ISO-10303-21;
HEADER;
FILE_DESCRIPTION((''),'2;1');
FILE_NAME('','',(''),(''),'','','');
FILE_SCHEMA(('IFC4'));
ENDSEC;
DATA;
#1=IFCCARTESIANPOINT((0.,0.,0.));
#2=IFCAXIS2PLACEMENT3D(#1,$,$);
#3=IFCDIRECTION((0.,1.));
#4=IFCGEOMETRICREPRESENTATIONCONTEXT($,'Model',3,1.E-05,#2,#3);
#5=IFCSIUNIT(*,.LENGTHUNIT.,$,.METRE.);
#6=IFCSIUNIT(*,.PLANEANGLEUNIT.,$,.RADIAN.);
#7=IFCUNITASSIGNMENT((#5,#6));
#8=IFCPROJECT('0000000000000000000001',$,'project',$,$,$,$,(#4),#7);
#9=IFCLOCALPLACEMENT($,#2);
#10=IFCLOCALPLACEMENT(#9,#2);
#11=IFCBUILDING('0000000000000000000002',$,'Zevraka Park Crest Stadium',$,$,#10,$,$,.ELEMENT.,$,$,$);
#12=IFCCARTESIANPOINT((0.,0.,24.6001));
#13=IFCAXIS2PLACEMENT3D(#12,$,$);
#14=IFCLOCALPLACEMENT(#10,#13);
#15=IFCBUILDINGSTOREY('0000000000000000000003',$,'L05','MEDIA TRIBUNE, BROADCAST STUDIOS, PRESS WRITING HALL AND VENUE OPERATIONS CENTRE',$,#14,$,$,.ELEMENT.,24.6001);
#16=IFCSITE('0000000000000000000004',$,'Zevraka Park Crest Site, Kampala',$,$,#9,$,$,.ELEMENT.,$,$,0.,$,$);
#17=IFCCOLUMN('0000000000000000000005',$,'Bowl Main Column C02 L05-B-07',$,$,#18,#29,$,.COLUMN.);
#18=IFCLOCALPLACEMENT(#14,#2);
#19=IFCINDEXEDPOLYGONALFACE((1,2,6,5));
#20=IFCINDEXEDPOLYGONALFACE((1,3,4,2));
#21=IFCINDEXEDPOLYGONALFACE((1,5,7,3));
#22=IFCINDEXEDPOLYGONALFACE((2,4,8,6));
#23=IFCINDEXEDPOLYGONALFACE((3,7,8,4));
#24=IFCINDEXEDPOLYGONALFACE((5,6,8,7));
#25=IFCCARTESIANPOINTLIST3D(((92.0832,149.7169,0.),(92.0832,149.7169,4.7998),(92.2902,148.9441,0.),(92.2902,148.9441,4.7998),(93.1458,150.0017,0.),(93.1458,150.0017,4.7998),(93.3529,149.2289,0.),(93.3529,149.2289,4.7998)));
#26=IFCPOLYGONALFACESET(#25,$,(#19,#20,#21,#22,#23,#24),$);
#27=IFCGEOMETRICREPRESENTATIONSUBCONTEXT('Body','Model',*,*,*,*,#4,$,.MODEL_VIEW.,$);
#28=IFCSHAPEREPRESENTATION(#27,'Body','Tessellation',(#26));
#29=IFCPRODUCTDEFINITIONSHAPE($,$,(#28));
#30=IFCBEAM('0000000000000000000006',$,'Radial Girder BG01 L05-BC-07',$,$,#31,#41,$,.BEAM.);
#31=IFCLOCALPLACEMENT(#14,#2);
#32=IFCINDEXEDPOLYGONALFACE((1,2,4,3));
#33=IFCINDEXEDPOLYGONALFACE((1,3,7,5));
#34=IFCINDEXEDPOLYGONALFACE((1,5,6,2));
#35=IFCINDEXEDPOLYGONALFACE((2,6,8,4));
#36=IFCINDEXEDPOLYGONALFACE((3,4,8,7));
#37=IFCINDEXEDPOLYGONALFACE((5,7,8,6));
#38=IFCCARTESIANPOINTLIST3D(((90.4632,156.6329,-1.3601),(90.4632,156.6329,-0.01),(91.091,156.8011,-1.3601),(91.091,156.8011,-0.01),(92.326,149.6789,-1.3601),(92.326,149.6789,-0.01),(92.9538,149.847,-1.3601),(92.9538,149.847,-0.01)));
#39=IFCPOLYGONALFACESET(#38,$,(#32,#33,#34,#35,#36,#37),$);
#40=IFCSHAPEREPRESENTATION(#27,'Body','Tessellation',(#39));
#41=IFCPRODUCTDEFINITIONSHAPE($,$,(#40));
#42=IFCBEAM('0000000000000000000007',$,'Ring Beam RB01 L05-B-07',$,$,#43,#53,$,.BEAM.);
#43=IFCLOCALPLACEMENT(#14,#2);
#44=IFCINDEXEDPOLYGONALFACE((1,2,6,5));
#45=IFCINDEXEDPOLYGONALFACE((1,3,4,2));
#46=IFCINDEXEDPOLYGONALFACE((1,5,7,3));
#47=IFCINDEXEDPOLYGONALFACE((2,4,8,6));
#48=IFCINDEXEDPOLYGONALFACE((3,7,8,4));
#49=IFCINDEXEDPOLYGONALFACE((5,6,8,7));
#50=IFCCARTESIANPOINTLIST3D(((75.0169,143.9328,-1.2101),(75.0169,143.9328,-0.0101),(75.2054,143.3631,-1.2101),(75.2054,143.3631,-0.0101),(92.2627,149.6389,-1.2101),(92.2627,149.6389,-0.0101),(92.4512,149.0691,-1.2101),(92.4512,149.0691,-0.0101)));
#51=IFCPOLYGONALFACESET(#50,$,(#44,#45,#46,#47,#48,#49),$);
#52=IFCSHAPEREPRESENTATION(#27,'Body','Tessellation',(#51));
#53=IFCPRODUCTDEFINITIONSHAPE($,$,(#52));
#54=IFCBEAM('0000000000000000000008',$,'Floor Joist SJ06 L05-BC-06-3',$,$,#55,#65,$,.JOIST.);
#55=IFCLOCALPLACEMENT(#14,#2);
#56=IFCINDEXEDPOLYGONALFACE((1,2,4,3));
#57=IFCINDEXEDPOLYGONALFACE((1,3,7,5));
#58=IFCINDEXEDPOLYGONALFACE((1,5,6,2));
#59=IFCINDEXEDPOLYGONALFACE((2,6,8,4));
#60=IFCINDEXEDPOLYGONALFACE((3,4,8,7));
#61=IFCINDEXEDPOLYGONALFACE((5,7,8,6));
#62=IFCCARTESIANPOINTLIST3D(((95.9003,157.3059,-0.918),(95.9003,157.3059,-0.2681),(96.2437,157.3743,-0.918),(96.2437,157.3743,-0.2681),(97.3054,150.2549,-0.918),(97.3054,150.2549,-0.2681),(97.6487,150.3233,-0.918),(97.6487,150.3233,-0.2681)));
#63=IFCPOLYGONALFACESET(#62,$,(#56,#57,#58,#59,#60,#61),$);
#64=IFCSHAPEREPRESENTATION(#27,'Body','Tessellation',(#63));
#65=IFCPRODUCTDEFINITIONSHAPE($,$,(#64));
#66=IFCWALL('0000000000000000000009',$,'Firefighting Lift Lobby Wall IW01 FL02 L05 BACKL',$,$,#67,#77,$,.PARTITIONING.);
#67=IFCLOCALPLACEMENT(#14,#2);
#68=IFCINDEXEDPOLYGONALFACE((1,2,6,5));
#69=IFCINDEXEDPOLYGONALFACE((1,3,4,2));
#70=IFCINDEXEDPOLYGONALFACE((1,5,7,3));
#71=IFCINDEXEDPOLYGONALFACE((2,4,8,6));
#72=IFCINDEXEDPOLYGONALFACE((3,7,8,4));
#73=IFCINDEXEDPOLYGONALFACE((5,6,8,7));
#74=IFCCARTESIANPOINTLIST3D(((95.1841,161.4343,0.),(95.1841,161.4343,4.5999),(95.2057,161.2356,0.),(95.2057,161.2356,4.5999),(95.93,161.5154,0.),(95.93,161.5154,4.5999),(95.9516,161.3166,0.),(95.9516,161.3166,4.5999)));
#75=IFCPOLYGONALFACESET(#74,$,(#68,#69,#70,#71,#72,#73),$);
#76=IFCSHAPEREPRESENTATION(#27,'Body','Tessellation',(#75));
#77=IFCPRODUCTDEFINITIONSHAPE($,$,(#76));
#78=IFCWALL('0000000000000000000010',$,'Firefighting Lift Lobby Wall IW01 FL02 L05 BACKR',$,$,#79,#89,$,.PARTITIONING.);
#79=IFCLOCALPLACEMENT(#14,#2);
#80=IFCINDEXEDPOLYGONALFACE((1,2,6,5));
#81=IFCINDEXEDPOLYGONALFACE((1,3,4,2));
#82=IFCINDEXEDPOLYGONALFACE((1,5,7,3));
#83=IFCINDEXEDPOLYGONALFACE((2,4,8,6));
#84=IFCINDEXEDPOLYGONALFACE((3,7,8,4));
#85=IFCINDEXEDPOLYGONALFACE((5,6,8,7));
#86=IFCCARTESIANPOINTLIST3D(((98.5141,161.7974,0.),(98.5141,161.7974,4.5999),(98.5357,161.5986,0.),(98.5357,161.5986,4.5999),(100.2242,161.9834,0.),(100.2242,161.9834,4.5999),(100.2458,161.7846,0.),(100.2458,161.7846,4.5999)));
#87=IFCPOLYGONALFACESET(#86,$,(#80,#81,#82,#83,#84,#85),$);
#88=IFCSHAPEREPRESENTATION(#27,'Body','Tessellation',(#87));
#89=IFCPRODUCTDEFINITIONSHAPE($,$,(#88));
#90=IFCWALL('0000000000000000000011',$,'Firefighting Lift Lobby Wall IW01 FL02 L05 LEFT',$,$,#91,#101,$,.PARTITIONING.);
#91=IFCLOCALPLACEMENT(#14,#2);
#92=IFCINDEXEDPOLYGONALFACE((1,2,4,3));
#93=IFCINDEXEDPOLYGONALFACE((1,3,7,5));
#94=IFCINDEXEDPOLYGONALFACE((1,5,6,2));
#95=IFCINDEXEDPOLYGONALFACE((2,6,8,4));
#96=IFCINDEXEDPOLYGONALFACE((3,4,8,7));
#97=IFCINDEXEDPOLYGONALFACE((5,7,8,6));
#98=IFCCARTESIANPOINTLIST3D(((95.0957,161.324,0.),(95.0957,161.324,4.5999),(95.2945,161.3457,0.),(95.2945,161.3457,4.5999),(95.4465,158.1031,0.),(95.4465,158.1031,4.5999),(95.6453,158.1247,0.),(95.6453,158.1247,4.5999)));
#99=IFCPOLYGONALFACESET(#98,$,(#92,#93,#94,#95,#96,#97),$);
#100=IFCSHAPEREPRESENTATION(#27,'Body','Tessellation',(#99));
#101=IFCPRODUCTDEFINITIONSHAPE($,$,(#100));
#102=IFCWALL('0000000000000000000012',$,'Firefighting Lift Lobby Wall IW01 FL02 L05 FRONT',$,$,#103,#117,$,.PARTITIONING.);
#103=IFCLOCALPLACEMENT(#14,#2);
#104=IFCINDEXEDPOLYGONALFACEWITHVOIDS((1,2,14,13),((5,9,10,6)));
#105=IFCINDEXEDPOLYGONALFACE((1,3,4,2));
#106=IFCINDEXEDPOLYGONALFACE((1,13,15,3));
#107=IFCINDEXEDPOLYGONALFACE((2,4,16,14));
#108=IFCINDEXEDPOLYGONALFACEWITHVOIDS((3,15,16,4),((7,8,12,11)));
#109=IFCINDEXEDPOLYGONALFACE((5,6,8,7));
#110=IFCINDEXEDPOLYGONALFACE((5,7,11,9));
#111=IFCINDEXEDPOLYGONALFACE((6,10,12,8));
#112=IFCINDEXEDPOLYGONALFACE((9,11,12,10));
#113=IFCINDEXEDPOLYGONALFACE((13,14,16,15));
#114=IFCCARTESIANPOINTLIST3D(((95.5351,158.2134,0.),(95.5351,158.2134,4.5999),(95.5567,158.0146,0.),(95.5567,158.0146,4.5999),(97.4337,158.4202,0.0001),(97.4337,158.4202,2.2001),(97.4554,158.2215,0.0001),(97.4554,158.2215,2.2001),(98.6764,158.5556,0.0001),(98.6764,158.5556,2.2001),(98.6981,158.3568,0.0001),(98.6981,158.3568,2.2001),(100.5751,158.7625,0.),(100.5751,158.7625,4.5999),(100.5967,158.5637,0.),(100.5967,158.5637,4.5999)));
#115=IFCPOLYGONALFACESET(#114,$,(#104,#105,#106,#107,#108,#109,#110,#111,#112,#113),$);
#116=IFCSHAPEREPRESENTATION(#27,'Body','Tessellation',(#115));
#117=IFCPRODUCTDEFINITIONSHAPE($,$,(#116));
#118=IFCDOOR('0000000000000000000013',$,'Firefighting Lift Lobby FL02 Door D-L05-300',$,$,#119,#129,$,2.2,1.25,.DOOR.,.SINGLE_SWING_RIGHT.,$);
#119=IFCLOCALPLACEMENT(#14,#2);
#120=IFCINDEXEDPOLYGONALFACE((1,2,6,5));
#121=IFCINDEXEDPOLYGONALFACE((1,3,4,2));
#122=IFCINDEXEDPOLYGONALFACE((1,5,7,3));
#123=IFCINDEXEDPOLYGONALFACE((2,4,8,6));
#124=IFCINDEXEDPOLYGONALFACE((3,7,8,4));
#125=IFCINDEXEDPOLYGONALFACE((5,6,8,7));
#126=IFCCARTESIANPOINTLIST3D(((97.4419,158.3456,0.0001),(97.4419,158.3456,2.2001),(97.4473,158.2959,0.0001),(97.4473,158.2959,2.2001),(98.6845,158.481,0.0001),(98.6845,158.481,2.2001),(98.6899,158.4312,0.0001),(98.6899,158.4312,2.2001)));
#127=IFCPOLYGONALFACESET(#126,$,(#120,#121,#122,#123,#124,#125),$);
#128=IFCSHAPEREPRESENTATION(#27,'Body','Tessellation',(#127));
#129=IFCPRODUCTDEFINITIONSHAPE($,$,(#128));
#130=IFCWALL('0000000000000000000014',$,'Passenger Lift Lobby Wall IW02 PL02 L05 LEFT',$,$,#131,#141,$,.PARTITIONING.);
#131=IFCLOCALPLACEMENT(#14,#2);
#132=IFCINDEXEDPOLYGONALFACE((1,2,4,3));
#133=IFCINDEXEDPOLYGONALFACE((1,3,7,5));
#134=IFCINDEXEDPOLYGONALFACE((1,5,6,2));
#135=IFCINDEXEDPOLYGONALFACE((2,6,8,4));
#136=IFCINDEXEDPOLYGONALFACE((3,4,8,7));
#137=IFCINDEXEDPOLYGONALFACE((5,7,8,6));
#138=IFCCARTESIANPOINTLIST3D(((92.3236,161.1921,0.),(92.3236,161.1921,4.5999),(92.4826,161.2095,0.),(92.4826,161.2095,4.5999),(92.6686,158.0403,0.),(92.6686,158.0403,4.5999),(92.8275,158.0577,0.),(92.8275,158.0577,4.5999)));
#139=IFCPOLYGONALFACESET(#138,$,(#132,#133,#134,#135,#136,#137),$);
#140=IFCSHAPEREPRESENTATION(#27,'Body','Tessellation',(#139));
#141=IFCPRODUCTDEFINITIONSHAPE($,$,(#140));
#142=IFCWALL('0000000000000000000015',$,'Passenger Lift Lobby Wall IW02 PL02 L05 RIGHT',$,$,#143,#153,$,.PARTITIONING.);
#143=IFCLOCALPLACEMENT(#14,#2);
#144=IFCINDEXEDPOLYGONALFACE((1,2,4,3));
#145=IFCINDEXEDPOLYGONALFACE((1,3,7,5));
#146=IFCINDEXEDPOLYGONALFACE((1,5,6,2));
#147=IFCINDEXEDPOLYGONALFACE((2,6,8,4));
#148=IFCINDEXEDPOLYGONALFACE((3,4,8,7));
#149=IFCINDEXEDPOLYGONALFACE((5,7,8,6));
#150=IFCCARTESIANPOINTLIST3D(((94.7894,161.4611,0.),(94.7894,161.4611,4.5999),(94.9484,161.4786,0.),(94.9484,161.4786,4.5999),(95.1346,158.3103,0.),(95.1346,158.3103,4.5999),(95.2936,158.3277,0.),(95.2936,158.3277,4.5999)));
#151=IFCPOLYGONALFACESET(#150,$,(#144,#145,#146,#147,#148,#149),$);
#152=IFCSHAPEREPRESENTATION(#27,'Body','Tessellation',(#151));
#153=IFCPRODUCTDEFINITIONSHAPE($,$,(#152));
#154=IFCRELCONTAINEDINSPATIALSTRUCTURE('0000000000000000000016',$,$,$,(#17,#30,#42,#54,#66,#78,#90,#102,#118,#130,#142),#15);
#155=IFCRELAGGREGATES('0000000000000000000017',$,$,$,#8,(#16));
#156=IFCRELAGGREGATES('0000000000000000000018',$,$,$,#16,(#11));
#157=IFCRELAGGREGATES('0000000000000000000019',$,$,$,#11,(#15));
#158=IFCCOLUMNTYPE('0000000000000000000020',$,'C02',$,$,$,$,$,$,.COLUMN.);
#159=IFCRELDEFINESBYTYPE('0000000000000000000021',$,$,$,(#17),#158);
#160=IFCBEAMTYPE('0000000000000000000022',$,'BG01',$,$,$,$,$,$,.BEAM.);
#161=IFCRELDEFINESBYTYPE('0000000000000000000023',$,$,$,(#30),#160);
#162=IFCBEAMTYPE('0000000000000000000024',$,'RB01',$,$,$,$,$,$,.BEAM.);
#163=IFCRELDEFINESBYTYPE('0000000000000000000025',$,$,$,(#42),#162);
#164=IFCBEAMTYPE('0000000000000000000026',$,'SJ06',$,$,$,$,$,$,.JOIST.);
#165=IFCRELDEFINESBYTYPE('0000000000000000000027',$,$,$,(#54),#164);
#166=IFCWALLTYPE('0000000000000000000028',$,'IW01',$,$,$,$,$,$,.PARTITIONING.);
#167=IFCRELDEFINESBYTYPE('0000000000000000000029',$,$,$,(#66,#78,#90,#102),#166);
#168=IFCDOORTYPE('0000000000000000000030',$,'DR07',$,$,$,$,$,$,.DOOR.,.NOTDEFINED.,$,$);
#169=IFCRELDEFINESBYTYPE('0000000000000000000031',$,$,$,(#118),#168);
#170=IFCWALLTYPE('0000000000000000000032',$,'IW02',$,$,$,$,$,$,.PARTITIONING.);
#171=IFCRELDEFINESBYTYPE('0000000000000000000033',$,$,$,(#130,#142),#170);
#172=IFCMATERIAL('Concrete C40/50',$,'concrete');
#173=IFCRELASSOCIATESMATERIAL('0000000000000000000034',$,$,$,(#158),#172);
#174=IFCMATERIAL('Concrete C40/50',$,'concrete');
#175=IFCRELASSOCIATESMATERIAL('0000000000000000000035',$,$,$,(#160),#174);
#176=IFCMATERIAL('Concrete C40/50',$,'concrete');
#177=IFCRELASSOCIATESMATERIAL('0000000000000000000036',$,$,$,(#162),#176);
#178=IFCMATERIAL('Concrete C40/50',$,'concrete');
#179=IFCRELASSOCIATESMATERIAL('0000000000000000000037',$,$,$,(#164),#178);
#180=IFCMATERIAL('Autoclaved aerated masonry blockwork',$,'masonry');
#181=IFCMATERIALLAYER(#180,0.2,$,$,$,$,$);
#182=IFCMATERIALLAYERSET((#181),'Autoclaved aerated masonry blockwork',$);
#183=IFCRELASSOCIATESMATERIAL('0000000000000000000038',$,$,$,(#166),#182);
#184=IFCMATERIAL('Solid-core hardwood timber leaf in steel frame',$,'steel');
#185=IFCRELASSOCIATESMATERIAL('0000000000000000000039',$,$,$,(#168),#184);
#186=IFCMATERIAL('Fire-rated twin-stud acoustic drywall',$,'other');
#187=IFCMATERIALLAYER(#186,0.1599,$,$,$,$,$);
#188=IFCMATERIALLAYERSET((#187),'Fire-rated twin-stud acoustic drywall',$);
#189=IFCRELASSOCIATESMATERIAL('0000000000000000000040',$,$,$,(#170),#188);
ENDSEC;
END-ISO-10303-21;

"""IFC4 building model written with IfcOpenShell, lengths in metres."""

from ifc_helpers import new_model, si_unit, direction, frame, frame_2d, origin, origin_2d, place, context, subcontext, project, spatial, rectangle, extrude, material, layer, layer_set, material_profile, profile_set, type_object, element, fill, save


model = new_model("IFC4")

# Units and contexts
model_context = context("Model", 3, precision=1e-05, world=origin(), true_north=direction((0.0, 1.0)))
body_context = subcontext(model_context, "Body", "Model", "MODEL_VIEW")
ifc_project = project(units=[si_unit("LENGTHUNIT", "METRE"), si_unit("PLANEANGLEUNIT", "RADIAN")], contexts=[model_context])

# Site, building, storey
site_placement = place(None, origin())
site = spatial("IfcSite", under=ifc_project, at=site_placement, Name="Zevraka Park Crest Site, Kampala", CompositionType="ELEMENT", RefElevation=0.0)
building_placement = place(site_placement, origin())
building = spatial("IfcBuilding", under=site, at=building_placement, Name="Zevraka Park Crest Stadium", CompositionType="ELEMENT")
storey_placement = place(building_placement, frame((0.0, 0.0, 24.6001)))
storey = spatial("IfcBuildingStorey", under=building, at=storey_placement, Name="L05", Description="MEDIA TRIBUNE, BROADCAST STUDIOS, PRESS WRITING HALL AND VENUE OPERATIONS CENTRE", CompositionType="ELEMENT", Elevation=24.6001)

# Column
ifc_material_1 = material(Name="Concrete C40/50", Category="concrete")
ifc_material_profile_1 = material_profile(ifc_material_1, rectangle(XDim=0.8, YDim=1.1001, at=origin_2d()), Name="RC 1100x800")
ifc_profile_set_1 = profile_set([ifc_material_profile_1], Name="Concrete C40/50")
column_type = type_object("IfcColumnType", Name="C02", PredefinedType="COLUMN", material=ifc_profile_set_1)
column_placement = place(storey_placement, frame((92.718, 149.4729, 0.0), z_axis=(0.0, 0.0, 1.0), x_axis=(-0.258819, 0.965926, 0.0)))
element("IfcColumn", 1, at=column_placement, inside=storey, type_object=column_type, Name="Bowl Main Column C02 L05-B-07", PredefinedType="COLUMN", context=body_context, shape_type="SweptSolid", body=[
    extrude(rectangle(XDim=0.8, YDim=1.1001, at=origin_2d()), origin(), (0.0, 0.0, 1.0), 4.7998),
])

# Beams
ifc_material_2 = material(Name="Concrete C40/50", Category="concrete")
ifc_material_profile_2 = material_profile(ifc_material_2, rectangle(XDim=0.6499, YDim=1.3501, at=origin_2d()), Name="RC 1350x650")
ifc_profile_set_2 = profile_set([ifc_material_profile_2], Name="Concrete C40/50")
beam_type_1 = type_object("IfcBeamType", Name="BG01", PredefinedType="BEAM", material=ifc_profile_set_2)
beam_1_placement = place(storey_placement, frame((92.6399, 149.7629, -0.6851), z_axis=(-0.258747, 0.965945, 0.0), x_axis=(-0.965945, -0.258747, 0.0)))
element("IfcBeam", 2, at=beam_1_placement, inside=storey, type_object=beam_type_1, Name="Radial Girder BG01 L05-BC-07", PredefinedType="BEAM", context=body_context, shape_type="SweptSolid", body=[
    extrude(rectangle(XDim=0.6499, YDim=1.3501, at=origin_2d()), origin(), (0.0, 0.0, 1.0), 7.1992),
])
ifc_material_3 = material(Name="Concrete C40/50", Category="concrete")
ifc_material_profile_3 = material_profile(ifc_material_3, rectangle(XDim=0.6001, YDim=1.2, at=origin_2d()), Name="RC 1200x600")
ifc_profile_set_3 = profile_set([ifc_material_profile_3], Name="Concrete C40/50")
beam_type_2 = type_object("IfcBeamType", Name="RB01", PredefinedType="BEAM", material=ifc_profile_set_3)
beam_2_placement = place(storey_placement, frame((92.3569, 149.354, -0.6101), z_axis=(-0.949384, -0.314118, 0.0), x_axis=(0.314118, -0.949384, 0.0)))
element("IfcBeam", 3, at=beam_2_placement, inside=storey, type_object=beam_type_2, Name="Ring Beam RB01 L05-B-07", PredefinedType="BEAM", context=body_context, shape_type="SweptSolid", body=[
    extrude(rectangle(XDim=0.6001, YDim=1.2, at=origin_2d()), origin(), (0.0, 0.0, 1.0), 18.1653),
])
ifc_material_4 = material(Name="Concrete C40/50", Category="concrete")
ifc_material_profile_4 = material_profile(ifc_material_4, rectangle(XDim=0.3501, YDim=0.6499, at=origin_2d()), Name="RC 650x350")
ifc_profile_set_4 = profile_set([ifc_material_profile_4], Name="Concrete C40/50")
beam_type_3 = type_object("IfcBeamType", Name="SJ06", PredefinedType="JOIST", material=ifc_profile_set_4)
beam_3_placement = place(storey_placement, frame((97.4771, 150.2891, -0.593), z_axis=(-0.195424, 0.980719, 0.0), x_axis=(-0.980719, -0.195424, 0.0)))
element("IfcBeam", 4, at=beam_3_placement, inside=storey, type_object=beam_type_3, Name="Floor Joist SJ06 L05-BC-06-3", PredefinedType="JOIST", context=body_context, shape_type="SweptSolid", body=[
    extrude(rectangle(XDim=0.3501, YDim=0.6499, at=origin_2d()), origin(), (0.0, 0.0, 1.0), 7.1897),
])

# Walls
ifc_material_5 = material(Name="Autoclaved aerated masonry blockwork", Category="masonry")
ifc_layer_1 = layer(ifc_material_5, 0.2)
ifc_layer_set_1 = layer_set([ifc_layer_1], Name="Autoclaved aerated masonry blockwork")
wall_type_1 = type_object("IfcWallType", Name="IW01", PredefinedType="PARTITIONING", material=ifc_layer_set_1)
wall_1_placement = place(storey_placement, frame((95.1951, 161.335, 0.0), z_axis=(0.0, 0.0, 1.0), x_axis=(0.994147, 0.108038, 0.0)))
element("IfcWall", 5, at=wall_1_placement, inside=storey, type_object=wall_type_1, Name="Firefighting Lift Lobby Wall IW01 FL02 L05 BACKL", PredefinedType="PARTITIONING", context=body_context, shape_type="SweptSolid", body=[
    extrude(rectangle(XDim=0.7502, YDim=0.2, at=frame_2d((0.375, 0.0))), origin(), (0.0, 0.0, 1.0), 4.5999),
])
wall_2_placement = place(storey_placement, frame((98.5249, 161.698, 0.0), z_axis=(0.0, 0.0, 1.0), x_axis=(0.994136, 0.108142, 0.0)))
element("IfcWall", 6, at=wall_2_placement, inside=storey, type_object=wall_type_1, Name="Firefighting Lift Lobby Wall IW01 FL02 L05 BACKR", PredefinedType="PARTITIONING", context=body_context, shape_type="SweptSolid", body=[
    extrude(rectangle(XDim=1.7202, YDim=0.2, at=frame_2d((0.8601, 0.0))), origin(), (0.0, 0.0, 1.0), 4.5999),
])
wall_3_placement = place(storey_placement, frame((95.1951, 161.335, 0.0), z_axis=(0.0, 0.0, 1.0), x_axis=(0.108281, -0.99412, 0.0)))
element("IfcWall", 7, at=wall_3_placement, inside=storey, type_object=wall_type_1, Name="Firefighting Lift Lobby Wall IW01 FL02 L05 LEFT", PredefinedType="PARTITIONING", context=body_context, shape_type="SweptSolid", body=[
    extrude(rectangle(XDim=3.24, YDim=0.2, at=frame_2d((1.6201, 0.0))), origin(), (0.0, 0.0, 1.0), 4.5999),
])

# Wall, opening, door
wall_4_placement = place(storey_placement, frame((95.5459, 158.114, 0.0), z_axis=(0.0, 0.0, 1.0), x_axis=(0.994118, 0.108301, 0.0)))
wall_4 = element("IfcWall", 8, at=wall_4_placement, inside=storey, type_object=wall_type_1, Name="Firefighting Lift Lobby Wall IW01 FL02 L05 FRONT", PredefinedType="PARTITIONING", context=body_context, shape_type="SweptSolid", body=[
    extrude(rectangle(XDim=5.0698, YDim=0.2, at=frame_2d((2.5349, 0.0))), origin(), (0.0, 0.0, 1.0), 4.5999),
])
opening_1_placement = place(wall_4_placement, frame((1.9099, 0.0, 0.0)))
opening_1 = element("IfcOpeningElement", 9, at=opening_1_placement, cuts=wall_4, PredefinedType="OPENING", context=body_context, shape_type="SweptSolid", body=[
    extrude(rectangle(XDim=1.25, YDim=2.2, at=frame_2d((0.625, 1.1001))), frame((0.0, 0.1099, 0.0), z_axis=(0.0, -1.0, 0.0), x_axis=(1.0, 0.0, 0.0)), (0.0, 0.0, 1.0), 0.22),
])
ifc_material_6 = material(Name="Solid-core hardwood timber leaf in steel frame", Category="steel")
door_type_1 = type_object("IfcDoorType", Name="DR07", OperationType="NOTDEFINED", PredefinedType="DOOR", material=ifc_material_6)
door_1_placement = place(opening_1_placement, origin())
door_1 = element("IfcDoor", 10, at=door_1_placement, inside=storey, type_object=door_type_1, Name="Firefighting Lift Lobby FL02 Door D-L05-300", OperationType="SINGLE_SWING_RIGHT", OverallHeight=2.2, OverallWidth=1.25, PredefinedType="DOOR", context=body_context, shape_type="SweptSolid", body=[
    extrude(rectangle(XDim=1.25, YDim=2.2, at=frame_2d((0.625, 1.1001))), frame((0.0, 0.0249, 0.0), z_axis=(0.0, -1.0, 0.0), x_axis=(1.0, 0.0, 0.0)), (0.0, 0.0, 1.0), 0.05),
])
fill(opening_1, door_1)

# Walls
ifc_material_7 = material(Name="Fire-rated twin-stud acoustic drywall", Category="other")
ifc_layer_2 = layer(ifc_material_7, 0.1599)
ifc_layer_set_2 = layer_set([ifc_layer_2], Name="Fire-rated twin-stud acoustic drywall")
wall_type_2 = type_object("IfcWallType", Name="IW02", PredefinedType="PARTITIONING", material=ifc_layer_set_2)
wall_5_placement = place(storey_placement, frame((92.4031, 161.2009, 0.0), z_axis=(0.0, 0.0, 1.0), x_axis=(0.1088, -0.994064, 0.0)))
element("IfcWall", 11, at=wall_5_placement, inside=storey, type_object=wall_type_2, Name="Passenger Lift Lobby Wall IW02 PL02 L05 LEFT", PredefinedType="PARTITIONING", context=body_context, shape_type="SweptSolid", body=[
    extrude(rectangle(XDim=3.1707, YDim=0.1599, at=frame_2d((1.5854, 0.0))), origin(), (0.0, 0.0, 1.0), 4.5999),
])
wall_6_placement = place(storey_placement, frame((94.8689, 161.47, 0.0), z_axis=(0.0, 0.0, 1.0), x_axis=(0.10891, -0.994052, 0.0)))
element("IfcWall", 12, at=wall_6_placement, inside=storey, type_object=wall_type_2, Name="Passenger Lift Lobby Wall IW02 PL02 L05 RIGHT", PredefinedType="PARTITIONING", context=body_context, shape_type="SweptSolid", body=[
    extrude(rectangle(XDim=3.1697, YDim=0.1599, at=frame_2d((1.585, 0.0))), origin(), (0.0, 0.0, 1.0), 4.5999),
])

save(model, "model.ifc")
